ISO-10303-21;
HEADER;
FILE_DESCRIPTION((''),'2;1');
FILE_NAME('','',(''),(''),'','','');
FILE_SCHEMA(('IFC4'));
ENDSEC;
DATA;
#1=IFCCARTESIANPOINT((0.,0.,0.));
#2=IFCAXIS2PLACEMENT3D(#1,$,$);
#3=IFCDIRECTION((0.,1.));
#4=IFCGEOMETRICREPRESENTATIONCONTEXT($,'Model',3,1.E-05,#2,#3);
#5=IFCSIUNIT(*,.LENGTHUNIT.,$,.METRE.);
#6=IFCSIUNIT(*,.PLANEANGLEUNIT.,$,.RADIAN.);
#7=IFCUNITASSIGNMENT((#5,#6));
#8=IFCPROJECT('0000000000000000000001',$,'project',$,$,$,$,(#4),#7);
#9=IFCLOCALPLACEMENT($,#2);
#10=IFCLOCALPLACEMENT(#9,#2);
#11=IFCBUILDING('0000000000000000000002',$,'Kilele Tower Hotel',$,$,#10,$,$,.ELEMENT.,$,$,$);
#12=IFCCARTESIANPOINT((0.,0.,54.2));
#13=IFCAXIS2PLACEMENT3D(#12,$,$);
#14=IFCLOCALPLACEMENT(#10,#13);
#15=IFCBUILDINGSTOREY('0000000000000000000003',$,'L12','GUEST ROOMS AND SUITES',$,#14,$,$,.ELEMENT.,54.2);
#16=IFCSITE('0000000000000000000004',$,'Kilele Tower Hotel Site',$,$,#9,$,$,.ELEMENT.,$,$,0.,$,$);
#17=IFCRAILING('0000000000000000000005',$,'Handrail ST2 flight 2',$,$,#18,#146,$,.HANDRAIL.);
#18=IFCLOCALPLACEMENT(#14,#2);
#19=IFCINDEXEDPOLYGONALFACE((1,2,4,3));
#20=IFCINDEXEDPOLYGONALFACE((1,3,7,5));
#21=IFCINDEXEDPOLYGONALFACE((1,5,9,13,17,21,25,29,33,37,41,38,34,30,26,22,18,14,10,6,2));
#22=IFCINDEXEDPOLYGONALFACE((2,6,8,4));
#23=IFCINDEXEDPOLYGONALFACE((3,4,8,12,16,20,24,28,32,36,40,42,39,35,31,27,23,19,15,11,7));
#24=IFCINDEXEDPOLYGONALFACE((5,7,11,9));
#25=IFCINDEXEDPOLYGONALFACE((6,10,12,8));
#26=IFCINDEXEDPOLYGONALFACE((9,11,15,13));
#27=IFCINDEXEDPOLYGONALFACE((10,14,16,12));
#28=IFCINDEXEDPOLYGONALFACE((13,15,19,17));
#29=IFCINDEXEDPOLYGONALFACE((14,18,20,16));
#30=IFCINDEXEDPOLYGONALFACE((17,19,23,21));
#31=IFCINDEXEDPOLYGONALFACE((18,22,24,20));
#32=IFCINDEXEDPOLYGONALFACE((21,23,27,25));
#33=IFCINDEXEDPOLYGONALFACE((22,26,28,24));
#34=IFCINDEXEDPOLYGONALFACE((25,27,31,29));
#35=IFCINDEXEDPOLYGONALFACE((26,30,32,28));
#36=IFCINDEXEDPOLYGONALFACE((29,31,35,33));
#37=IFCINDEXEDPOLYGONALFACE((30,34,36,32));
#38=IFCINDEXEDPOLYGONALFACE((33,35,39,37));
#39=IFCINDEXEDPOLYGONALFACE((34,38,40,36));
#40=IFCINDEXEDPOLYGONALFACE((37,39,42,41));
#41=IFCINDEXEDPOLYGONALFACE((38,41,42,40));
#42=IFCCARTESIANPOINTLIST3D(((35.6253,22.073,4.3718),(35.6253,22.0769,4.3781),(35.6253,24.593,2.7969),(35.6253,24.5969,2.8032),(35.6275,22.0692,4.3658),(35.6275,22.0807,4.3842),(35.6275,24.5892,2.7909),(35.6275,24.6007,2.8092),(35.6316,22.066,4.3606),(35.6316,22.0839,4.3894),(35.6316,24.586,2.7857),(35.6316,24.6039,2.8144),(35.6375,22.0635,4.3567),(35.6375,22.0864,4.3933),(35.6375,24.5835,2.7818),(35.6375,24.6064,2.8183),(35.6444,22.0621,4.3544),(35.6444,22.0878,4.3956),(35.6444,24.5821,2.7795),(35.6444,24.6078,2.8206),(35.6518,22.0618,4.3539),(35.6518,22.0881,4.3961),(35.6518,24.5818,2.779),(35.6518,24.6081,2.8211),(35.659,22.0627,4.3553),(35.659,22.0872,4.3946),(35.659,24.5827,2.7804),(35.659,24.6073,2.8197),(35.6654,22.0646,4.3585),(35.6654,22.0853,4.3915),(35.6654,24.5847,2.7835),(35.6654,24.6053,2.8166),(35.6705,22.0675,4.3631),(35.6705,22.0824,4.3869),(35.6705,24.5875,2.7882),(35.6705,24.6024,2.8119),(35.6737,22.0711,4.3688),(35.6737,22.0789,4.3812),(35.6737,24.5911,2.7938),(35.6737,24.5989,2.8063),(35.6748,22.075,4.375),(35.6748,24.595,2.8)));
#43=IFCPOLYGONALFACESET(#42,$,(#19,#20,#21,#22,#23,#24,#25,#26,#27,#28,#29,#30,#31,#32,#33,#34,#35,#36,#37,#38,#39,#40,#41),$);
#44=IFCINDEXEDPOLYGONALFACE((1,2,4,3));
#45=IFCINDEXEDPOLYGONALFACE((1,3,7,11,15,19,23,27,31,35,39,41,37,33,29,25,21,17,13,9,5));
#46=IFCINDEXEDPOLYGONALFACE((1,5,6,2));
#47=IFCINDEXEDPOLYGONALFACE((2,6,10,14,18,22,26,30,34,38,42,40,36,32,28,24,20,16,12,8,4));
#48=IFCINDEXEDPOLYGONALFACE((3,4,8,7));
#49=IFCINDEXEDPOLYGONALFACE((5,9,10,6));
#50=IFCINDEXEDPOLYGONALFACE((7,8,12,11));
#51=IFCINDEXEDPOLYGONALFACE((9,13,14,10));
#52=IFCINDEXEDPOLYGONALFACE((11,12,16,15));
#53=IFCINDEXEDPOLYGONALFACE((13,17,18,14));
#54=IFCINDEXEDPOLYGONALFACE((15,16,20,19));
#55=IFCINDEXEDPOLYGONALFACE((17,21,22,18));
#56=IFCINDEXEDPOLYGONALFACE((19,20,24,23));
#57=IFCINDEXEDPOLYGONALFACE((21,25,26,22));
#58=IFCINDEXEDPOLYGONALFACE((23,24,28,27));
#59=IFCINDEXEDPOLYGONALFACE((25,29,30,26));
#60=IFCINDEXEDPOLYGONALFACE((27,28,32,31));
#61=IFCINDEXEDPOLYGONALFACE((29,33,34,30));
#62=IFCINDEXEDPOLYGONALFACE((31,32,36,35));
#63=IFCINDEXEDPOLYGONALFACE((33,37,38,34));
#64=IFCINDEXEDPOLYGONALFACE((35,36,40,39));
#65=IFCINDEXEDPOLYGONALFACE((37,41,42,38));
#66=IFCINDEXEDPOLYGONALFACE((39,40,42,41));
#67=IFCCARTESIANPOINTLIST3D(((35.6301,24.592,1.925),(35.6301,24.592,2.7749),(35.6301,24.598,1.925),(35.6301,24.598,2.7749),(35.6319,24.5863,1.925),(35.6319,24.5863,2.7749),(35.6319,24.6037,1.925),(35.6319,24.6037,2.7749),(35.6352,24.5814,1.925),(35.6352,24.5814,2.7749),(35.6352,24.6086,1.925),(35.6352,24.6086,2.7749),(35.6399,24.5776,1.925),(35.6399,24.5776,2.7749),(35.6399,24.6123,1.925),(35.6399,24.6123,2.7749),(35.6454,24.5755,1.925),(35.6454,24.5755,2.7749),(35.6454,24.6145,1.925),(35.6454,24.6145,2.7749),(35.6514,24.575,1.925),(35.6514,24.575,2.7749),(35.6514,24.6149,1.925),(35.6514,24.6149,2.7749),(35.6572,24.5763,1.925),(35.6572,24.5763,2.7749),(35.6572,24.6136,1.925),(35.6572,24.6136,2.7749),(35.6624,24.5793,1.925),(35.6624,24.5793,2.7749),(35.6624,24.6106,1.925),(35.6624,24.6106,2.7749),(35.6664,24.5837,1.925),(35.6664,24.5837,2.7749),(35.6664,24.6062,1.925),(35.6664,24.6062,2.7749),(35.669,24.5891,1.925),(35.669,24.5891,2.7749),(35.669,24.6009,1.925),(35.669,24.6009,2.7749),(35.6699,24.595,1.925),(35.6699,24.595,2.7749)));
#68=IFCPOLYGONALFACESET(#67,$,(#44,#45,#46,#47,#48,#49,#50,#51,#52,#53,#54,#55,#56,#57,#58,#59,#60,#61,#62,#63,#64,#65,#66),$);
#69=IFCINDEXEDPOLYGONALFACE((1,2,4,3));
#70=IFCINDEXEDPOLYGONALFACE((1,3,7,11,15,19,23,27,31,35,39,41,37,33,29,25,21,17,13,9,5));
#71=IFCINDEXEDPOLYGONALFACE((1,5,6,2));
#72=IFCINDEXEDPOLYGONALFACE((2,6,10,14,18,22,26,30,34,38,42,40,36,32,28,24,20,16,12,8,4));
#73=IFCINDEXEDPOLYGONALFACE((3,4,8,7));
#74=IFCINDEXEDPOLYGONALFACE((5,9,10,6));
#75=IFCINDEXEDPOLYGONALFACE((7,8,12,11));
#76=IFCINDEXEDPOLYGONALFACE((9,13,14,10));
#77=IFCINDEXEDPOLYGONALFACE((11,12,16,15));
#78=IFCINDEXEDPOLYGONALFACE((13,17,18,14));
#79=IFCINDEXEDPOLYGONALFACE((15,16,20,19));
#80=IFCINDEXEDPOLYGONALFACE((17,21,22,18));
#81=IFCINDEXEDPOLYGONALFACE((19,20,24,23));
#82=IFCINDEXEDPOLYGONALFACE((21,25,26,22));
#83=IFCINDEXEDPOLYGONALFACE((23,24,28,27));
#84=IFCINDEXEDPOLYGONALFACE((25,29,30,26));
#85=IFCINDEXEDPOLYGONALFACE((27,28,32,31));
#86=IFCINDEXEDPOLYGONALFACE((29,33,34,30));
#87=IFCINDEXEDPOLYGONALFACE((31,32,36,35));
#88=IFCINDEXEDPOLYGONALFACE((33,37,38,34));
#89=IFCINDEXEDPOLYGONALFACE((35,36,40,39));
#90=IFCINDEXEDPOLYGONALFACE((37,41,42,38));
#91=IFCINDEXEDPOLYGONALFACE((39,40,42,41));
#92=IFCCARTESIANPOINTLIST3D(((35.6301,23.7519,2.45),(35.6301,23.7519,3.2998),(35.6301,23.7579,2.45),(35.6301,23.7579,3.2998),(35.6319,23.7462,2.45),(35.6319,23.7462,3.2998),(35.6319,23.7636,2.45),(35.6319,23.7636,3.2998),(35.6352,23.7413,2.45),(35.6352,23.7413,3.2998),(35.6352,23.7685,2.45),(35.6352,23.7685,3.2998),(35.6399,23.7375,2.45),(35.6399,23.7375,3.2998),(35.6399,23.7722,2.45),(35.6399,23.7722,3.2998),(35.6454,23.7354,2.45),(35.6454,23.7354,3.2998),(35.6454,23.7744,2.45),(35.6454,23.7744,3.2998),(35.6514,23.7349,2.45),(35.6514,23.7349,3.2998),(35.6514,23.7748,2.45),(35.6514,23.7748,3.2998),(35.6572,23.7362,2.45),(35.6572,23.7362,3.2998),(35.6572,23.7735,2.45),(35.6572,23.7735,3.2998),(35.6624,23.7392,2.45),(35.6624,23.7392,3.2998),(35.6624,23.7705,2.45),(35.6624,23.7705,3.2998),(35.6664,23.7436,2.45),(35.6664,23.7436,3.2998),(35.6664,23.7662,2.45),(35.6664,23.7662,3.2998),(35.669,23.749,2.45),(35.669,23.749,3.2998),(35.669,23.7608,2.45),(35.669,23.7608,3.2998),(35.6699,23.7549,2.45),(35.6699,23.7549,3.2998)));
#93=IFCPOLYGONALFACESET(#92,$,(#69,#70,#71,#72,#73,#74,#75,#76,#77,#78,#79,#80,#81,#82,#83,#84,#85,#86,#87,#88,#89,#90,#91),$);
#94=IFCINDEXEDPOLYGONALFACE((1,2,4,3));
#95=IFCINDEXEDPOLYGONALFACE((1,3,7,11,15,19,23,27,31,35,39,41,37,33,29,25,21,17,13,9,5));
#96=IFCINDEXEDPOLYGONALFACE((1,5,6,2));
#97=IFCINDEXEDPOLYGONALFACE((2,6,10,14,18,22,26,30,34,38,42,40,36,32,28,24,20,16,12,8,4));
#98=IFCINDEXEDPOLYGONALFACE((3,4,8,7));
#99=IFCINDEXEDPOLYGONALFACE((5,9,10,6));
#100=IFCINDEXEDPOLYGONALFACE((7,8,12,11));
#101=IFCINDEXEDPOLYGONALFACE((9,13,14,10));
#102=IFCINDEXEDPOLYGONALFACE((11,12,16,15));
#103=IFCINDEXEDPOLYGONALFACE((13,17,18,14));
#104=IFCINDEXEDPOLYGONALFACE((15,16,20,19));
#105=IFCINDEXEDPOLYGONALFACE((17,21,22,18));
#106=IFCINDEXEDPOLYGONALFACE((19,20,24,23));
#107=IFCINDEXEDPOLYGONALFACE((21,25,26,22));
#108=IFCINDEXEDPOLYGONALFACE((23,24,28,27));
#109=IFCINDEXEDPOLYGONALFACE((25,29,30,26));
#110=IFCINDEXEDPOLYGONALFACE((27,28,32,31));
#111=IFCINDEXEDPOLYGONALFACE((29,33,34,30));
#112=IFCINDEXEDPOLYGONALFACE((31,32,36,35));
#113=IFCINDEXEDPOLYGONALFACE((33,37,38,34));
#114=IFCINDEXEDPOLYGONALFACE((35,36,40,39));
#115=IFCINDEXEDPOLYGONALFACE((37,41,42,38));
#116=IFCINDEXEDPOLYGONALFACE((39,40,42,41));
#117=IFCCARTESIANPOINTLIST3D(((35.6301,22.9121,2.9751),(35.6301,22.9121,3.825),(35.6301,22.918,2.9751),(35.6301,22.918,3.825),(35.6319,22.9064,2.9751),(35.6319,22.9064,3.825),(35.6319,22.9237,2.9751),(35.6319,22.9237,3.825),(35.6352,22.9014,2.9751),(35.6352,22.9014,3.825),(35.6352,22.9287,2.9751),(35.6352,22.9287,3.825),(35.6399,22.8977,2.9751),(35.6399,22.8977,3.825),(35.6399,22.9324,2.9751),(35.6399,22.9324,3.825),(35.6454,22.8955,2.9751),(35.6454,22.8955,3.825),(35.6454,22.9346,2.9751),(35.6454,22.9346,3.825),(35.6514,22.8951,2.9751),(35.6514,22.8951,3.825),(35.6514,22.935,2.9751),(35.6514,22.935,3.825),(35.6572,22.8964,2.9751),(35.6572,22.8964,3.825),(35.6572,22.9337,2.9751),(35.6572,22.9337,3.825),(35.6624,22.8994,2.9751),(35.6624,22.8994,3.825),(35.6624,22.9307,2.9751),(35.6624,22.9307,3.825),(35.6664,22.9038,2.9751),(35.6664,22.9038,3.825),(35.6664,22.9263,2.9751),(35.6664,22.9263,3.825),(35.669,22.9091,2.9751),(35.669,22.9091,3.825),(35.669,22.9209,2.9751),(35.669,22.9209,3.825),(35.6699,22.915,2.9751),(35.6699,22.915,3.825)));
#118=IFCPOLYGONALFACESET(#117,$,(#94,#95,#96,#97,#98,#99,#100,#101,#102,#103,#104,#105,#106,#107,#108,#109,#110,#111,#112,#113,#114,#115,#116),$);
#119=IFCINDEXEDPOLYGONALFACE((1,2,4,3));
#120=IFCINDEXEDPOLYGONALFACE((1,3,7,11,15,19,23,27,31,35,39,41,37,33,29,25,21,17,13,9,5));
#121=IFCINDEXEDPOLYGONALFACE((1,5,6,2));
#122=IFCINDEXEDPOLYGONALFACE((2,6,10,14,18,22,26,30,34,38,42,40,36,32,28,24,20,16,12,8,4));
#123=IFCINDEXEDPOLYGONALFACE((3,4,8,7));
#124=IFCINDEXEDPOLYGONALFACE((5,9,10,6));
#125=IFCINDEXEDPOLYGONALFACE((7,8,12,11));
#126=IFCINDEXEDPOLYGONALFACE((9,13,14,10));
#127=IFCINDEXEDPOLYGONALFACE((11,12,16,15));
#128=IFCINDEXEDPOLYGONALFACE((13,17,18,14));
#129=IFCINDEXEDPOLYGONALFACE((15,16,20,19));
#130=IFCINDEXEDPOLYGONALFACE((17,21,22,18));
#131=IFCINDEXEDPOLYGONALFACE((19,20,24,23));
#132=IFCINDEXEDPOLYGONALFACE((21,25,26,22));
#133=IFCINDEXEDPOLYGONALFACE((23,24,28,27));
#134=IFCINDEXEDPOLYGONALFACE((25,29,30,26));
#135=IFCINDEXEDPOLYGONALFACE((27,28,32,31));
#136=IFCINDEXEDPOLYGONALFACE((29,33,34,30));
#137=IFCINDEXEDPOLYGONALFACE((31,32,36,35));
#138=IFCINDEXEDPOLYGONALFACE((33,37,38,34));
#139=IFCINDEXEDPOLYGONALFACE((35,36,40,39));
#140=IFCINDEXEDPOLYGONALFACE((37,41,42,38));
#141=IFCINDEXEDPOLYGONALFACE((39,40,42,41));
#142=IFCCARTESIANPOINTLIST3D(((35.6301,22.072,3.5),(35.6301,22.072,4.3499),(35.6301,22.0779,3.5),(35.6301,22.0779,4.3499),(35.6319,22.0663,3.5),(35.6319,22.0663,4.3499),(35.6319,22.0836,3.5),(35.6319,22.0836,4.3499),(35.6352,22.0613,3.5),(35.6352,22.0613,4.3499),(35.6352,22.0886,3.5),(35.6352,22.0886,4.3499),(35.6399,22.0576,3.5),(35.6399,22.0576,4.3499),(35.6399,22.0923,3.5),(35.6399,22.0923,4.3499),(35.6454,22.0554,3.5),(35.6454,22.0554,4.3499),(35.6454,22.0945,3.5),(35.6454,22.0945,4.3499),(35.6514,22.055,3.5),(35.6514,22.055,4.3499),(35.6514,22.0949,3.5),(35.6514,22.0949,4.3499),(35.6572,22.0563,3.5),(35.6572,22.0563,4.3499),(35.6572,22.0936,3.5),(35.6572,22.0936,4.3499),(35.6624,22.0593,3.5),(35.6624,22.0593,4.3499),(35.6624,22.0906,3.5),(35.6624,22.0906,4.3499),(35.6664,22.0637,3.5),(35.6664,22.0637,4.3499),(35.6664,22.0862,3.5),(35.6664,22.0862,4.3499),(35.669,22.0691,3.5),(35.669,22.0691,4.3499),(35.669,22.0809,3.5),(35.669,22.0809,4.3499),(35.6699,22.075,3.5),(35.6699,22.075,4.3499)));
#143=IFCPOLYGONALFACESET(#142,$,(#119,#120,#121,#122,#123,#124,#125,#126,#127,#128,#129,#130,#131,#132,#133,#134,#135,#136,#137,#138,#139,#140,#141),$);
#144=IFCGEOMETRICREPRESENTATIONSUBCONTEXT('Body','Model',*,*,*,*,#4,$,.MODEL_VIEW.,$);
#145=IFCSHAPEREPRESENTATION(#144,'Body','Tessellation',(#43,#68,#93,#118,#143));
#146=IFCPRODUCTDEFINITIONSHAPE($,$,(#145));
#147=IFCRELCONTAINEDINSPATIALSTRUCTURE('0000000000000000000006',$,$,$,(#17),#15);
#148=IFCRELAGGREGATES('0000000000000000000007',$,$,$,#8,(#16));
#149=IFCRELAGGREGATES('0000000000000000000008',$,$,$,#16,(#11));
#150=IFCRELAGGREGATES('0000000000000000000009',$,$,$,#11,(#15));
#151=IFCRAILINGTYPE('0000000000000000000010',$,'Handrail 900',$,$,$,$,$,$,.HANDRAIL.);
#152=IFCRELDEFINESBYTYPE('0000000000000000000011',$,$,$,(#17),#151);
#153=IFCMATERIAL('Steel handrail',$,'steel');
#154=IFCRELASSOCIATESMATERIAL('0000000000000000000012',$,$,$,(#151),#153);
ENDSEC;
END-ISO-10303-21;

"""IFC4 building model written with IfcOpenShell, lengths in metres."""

from ifc_helpers import new_model, si_unit, direction, frame, origin, origin_2d, place, context, subcontext, project, spatial, circle, extrude, material, type_object, element, save


model = new_model("IFC4")

# Units and contexts
model_context = context("Model", 3, precision=1e-05, world=origin(), true_north=direction((0.0, 1.0)))
body_context = subcontext(model_context, "Body", "Model", "MODEL_VIEW")
ifc_project = project(units=[si_unit("LENGTHUNIT", "METRE"), si_unit("PLANEANGLEUNIT", "RADIAN")], contexts=[model_context])

# Site, building, storey
site_placement = place(None, origin())
site = spatial("IfcSite", under=ifc_project, at=site_placement, Name="Kilele Tower Hotel Site", CompositionType="ELEMENT", RefElevation=0.0)
building_placement = place(site_placement, origin())
building = spatial("IfcBuilding", under=site, at=building_placement, Name="Kilele Tower Hotel", CompositionType="ELEMENT")
storey_placement = place(building_placement, frame((0.0, 0.0, 54.2)))
storey = spatial("IfcBuildingStorey", under=building, at=storey_placement, Name="L12", Description="GUEST ROOMS AND SUITES", CompositionType="ELEMENT", Elevation=54.2)

# Railing
ifc_material_1 = material(Name="Steel handrail", Category="steel")
railing_type_1 = type_object("IfcRailingType", Name="Handrail 900", PredefinedType="HANDRAIL", material=ifc_material_1)
for number, where, name in (
    (1, (35.6499, 24.595, 1.925), "Handrail ST2 flight 2"),
):
    element("IfcRailing", number, at=place(storey_placement, frame(where)), inside=storey, type_object=railing_type_1, Name=name, PredefinedType="HANDRAIL", context=body_context, shape_type="SweptSolid", body=[
        extrude(circle(Radius=0.0249, at=origin_2d()), frame((0.0, 0.0, 0.875), z_axis=(0.0, -0.848008, 0.529984), x_axis=(1.0, 0.0, 0.0)), (0.0, 0.0, 1.0), 2.9717),
        extrude(circle(Radius=0.02, at=origin_2d()), origin(), (0.0, 0.0, 1.0), 0.8499),
        extrude(circle(Radius=0.02, at=origin_2d()), frame((0.0, -0.8401, 0.5249)), (0.0, 0.0, 1.0), 0.8499),
        extrude(circle(Radius=0.02, at=origin_2d()), frame((0.0, -1.6799, 1.05)), (0.0, 0.0, 1.0), 0.8499),
        extrude(circle(Radius=0.02, at=origin_2d()), frame((0.0, -2.52, 1.575)), (0.0, 0.0, 1.0), 0.8499),
    ])

save(model, "model.ifc")
